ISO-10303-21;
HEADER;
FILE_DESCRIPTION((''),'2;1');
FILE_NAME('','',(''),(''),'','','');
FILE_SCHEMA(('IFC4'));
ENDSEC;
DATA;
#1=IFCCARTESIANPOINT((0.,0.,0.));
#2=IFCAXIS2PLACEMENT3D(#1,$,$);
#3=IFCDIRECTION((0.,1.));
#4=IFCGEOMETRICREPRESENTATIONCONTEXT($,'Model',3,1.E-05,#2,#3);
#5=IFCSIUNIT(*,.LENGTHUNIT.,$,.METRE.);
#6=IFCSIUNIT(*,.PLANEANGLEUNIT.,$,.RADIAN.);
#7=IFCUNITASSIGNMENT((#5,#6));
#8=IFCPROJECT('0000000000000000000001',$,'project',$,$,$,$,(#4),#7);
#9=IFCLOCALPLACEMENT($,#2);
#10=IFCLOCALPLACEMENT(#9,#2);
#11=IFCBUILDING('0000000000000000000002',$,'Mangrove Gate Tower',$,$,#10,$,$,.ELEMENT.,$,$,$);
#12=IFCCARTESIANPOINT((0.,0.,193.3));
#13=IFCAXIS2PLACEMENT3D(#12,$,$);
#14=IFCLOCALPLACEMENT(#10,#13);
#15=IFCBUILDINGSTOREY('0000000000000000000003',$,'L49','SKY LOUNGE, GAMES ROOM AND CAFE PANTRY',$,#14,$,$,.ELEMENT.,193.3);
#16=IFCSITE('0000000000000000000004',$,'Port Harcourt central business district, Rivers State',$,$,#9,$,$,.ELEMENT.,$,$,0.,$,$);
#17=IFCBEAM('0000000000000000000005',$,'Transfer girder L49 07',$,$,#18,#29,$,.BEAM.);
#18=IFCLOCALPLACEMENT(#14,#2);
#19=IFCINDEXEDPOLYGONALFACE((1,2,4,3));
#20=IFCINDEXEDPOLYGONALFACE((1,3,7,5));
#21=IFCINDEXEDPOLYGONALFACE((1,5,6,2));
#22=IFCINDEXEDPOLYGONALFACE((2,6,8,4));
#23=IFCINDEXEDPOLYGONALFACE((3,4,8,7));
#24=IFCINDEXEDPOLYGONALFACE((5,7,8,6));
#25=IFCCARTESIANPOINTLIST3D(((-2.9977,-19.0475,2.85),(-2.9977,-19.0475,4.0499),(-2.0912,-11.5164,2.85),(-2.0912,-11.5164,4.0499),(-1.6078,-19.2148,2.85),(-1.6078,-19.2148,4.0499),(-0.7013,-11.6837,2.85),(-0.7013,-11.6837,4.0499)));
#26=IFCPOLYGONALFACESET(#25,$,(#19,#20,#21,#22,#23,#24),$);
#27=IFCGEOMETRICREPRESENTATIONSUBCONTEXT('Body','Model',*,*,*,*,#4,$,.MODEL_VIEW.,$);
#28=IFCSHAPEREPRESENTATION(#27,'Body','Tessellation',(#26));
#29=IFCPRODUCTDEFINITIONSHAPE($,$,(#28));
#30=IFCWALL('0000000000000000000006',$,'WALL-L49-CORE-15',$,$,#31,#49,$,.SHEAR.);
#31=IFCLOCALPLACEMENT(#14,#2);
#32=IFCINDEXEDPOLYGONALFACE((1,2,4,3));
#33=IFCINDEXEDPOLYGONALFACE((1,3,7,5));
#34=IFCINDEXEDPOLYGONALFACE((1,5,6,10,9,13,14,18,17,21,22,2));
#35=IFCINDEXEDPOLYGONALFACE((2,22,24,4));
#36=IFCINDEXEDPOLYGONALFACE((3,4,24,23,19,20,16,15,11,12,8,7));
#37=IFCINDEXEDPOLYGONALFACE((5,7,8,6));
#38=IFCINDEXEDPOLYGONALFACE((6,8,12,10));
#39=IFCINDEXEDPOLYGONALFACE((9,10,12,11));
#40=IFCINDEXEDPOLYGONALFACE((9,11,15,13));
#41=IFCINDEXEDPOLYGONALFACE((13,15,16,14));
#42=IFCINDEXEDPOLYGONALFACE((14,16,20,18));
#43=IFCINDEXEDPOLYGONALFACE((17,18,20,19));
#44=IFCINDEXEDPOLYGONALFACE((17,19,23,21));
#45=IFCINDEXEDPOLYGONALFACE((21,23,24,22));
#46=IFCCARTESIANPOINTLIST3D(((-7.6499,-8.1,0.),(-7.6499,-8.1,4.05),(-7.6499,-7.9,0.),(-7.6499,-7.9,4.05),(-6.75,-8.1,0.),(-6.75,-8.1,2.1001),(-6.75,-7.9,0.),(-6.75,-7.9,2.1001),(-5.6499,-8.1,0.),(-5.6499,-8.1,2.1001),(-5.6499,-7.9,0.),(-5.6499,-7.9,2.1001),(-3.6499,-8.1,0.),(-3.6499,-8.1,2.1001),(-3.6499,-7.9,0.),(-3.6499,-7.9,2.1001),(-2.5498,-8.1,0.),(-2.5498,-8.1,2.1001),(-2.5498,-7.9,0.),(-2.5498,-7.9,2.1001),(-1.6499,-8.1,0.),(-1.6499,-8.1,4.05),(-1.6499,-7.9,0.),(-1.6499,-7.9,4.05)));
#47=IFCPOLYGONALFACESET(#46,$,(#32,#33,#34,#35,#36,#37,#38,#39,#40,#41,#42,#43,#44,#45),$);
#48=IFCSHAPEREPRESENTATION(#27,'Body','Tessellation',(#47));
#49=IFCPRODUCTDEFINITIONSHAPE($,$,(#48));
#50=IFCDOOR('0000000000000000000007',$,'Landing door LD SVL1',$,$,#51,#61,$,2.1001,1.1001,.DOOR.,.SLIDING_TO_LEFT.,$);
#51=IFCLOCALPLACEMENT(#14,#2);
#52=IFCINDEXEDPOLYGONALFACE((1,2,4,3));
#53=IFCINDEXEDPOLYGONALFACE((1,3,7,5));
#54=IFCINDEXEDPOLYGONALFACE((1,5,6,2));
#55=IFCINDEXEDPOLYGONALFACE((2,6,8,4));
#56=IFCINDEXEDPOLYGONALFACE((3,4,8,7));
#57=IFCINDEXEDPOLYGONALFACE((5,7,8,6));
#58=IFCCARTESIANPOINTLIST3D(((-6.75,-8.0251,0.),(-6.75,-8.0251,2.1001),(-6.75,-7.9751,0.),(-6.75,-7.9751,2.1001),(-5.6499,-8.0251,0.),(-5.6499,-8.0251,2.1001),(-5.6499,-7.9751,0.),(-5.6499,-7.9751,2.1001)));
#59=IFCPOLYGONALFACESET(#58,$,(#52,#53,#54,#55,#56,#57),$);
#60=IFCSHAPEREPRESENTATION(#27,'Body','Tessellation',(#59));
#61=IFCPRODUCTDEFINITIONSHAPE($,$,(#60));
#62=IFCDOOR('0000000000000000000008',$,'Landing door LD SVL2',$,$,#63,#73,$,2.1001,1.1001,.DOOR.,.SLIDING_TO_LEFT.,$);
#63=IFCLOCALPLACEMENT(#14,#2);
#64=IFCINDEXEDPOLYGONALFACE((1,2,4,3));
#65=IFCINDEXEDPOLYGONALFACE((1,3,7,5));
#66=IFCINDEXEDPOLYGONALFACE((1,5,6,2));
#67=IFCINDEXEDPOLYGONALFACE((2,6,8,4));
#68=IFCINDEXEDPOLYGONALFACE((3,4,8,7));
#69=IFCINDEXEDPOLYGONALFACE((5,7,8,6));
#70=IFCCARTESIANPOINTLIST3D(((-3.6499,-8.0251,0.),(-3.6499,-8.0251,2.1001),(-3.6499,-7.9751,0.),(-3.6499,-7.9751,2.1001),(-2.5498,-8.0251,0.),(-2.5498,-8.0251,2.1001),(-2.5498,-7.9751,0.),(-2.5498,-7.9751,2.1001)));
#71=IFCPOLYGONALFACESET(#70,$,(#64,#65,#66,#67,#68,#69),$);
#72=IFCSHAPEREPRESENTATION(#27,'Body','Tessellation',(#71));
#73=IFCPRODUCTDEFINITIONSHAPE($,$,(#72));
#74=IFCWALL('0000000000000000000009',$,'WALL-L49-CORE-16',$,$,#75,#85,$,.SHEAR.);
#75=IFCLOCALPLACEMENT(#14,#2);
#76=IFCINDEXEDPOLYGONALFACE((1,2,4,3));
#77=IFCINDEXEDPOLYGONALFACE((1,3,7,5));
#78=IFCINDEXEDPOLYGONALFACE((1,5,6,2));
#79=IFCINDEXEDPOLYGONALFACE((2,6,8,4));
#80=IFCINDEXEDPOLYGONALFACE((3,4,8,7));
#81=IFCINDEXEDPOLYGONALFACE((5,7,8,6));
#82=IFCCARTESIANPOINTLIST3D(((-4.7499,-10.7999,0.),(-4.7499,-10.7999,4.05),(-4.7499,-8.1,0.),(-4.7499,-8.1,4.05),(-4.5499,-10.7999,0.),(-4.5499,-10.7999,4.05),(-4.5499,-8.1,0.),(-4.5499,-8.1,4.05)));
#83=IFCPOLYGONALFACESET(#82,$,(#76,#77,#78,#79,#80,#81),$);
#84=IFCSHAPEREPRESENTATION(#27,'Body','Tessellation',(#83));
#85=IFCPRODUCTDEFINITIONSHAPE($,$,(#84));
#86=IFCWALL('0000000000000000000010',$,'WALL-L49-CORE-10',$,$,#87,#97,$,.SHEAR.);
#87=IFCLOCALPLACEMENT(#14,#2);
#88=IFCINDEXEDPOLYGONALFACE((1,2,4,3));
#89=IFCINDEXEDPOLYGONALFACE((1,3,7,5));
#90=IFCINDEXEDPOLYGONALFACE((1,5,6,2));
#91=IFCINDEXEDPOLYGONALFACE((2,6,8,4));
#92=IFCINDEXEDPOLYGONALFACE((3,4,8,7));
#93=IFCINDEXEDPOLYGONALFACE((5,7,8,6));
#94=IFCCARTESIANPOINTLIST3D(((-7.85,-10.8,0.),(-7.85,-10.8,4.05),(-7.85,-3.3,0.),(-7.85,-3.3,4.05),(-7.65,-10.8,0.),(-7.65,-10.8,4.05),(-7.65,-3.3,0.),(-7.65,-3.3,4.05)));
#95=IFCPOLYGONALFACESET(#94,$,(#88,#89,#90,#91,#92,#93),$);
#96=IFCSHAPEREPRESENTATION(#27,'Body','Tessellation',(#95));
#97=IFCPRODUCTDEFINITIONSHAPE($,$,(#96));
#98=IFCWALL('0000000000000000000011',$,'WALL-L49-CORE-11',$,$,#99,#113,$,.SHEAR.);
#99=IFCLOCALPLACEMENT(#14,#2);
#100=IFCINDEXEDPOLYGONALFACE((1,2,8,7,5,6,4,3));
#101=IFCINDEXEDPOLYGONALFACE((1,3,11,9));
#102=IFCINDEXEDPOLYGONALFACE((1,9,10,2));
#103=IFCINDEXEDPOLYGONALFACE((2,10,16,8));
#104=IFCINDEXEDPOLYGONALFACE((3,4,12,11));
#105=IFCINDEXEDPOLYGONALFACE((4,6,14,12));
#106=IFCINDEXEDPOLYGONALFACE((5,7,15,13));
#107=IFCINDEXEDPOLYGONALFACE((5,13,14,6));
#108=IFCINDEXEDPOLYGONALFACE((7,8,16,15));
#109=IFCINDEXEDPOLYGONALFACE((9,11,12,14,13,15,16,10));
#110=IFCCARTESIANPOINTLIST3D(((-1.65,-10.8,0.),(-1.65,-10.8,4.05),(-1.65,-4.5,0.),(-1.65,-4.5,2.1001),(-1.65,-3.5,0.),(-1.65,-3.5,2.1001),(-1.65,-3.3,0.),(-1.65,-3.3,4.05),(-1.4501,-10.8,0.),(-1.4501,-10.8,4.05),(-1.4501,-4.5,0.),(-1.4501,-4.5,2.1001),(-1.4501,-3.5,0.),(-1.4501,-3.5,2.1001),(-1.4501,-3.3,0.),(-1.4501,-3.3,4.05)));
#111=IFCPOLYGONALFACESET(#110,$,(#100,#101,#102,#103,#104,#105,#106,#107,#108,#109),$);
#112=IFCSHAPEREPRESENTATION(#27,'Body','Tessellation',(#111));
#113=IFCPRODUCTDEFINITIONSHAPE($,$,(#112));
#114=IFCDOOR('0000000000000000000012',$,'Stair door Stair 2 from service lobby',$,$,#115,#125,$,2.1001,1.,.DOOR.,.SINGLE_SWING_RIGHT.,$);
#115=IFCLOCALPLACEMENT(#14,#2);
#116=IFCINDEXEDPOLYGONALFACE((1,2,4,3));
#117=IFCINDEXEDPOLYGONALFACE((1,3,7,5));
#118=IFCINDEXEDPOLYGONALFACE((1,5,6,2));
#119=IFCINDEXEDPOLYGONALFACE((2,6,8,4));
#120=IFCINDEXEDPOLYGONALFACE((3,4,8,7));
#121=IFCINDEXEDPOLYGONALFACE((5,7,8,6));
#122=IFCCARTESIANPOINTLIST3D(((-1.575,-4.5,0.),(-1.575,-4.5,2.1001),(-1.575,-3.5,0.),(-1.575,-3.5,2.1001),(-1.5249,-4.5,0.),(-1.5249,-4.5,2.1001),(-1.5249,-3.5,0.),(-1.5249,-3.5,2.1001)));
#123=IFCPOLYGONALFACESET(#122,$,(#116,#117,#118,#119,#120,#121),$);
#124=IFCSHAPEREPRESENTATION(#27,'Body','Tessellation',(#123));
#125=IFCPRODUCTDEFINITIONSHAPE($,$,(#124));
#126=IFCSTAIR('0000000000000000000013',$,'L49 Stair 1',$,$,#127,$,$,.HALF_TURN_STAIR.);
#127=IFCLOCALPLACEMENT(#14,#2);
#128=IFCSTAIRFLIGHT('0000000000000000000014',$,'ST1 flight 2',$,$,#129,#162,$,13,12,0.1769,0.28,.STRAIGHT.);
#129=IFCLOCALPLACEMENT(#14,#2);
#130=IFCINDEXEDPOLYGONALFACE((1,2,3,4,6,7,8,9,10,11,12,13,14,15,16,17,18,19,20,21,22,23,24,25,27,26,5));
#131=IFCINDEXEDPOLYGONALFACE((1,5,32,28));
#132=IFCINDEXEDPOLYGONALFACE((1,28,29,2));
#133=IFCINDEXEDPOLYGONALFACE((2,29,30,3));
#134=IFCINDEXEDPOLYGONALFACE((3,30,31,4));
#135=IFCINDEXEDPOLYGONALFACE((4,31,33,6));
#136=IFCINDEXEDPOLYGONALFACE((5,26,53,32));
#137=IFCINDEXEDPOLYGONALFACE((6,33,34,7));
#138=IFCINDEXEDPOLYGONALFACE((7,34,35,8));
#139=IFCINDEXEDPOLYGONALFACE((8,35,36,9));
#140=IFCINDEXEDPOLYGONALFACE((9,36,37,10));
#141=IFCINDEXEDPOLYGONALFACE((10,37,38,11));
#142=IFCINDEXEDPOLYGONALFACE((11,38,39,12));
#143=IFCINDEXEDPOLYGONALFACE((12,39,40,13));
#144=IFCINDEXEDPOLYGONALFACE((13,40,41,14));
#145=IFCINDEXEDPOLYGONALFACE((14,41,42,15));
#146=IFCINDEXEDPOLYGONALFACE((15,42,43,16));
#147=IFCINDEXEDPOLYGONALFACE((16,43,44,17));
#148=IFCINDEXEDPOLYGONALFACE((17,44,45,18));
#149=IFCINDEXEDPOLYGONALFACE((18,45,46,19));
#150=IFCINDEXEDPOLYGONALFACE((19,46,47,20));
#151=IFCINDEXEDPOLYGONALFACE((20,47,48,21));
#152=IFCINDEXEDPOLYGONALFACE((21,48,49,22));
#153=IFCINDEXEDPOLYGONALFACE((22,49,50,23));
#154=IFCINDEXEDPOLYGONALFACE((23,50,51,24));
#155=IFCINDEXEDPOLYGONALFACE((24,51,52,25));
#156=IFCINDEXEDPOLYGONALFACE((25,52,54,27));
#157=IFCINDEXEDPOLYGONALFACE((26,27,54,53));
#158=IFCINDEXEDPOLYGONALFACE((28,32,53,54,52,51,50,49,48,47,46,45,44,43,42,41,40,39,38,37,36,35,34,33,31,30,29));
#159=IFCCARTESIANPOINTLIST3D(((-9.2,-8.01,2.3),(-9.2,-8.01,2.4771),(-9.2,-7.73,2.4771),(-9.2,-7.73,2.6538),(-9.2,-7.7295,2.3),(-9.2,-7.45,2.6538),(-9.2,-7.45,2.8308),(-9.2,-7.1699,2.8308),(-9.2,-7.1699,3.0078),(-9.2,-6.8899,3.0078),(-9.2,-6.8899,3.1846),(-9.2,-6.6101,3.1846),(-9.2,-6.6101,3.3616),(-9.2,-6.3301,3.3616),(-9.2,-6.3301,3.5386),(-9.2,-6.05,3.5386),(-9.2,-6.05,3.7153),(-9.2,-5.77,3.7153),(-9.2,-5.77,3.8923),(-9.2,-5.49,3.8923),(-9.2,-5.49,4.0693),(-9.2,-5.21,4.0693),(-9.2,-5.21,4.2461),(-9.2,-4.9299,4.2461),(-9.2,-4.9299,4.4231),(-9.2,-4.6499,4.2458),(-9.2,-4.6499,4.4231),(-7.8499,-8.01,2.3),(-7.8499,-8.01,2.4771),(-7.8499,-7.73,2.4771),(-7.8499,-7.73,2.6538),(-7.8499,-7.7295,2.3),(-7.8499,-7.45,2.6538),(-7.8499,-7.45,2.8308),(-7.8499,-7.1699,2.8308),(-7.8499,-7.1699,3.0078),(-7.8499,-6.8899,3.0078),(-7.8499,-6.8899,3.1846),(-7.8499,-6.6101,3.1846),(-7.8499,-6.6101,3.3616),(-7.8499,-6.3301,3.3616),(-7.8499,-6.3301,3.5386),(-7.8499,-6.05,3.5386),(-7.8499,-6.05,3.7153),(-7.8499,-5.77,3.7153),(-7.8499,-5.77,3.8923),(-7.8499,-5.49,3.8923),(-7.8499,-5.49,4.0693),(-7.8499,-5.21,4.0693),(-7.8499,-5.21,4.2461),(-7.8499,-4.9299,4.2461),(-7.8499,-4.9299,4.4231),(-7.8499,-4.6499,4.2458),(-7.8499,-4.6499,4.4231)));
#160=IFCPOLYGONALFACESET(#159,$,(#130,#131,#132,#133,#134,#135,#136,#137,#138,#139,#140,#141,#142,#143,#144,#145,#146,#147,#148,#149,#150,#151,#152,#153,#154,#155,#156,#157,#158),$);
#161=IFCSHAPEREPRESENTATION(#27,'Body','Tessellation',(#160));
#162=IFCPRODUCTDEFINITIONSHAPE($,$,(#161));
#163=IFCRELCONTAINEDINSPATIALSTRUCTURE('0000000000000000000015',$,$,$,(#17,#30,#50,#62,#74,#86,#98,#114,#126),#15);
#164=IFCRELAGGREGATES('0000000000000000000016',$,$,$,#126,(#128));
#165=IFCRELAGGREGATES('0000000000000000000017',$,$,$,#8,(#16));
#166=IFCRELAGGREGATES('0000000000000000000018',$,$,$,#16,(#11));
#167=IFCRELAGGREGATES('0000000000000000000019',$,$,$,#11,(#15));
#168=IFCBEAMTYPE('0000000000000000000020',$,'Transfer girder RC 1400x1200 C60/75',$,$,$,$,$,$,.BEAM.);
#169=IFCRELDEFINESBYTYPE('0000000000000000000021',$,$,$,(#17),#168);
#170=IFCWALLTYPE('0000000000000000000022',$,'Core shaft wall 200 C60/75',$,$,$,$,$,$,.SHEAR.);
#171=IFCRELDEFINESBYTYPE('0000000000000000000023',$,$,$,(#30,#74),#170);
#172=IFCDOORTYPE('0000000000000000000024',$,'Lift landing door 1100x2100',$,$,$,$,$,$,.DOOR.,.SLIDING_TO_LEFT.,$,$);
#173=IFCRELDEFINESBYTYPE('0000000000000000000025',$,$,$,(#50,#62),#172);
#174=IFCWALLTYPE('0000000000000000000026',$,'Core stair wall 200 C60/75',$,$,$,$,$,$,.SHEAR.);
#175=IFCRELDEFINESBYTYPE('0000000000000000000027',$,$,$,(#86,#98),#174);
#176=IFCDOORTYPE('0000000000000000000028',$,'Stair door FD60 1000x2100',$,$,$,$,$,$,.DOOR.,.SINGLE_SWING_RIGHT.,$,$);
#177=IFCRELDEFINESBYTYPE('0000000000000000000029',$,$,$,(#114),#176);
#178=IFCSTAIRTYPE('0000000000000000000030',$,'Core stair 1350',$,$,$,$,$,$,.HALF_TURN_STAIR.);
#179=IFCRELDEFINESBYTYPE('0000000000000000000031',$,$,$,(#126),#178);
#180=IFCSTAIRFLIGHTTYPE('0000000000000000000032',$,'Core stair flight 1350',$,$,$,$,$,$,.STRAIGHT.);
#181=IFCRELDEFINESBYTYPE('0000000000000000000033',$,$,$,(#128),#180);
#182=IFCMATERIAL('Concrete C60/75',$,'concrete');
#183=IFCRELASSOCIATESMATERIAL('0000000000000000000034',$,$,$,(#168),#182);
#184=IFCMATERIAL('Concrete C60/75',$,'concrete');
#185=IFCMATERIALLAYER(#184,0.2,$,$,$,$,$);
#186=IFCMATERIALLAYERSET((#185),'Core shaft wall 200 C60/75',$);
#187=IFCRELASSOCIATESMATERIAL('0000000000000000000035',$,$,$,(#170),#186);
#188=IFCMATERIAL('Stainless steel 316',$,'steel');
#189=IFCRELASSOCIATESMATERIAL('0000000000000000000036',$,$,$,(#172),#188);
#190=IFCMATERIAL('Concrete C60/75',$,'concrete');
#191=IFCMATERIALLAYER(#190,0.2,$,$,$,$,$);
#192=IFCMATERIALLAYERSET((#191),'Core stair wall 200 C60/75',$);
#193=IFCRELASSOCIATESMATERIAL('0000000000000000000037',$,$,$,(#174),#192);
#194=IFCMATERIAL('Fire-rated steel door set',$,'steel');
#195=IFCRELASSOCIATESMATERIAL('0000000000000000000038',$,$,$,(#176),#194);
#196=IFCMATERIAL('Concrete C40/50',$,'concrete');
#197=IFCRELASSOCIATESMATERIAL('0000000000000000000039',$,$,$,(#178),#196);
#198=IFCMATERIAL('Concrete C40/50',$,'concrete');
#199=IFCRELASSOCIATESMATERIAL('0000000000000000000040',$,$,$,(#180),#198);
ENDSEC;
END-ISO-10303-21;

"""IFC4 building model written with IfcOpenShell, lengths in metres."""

from ifc_helpers import new_model, si_unit, direction, frame, frame_2d, origin, origin_2d, place, context, subcontext, project, spatial, polyline, rectangle, outline, extrude, material, layer, layer_set, material_profile, profile_set, type_object, element, fill, aggregate, save


model = new_model("IFC4")

# Units and contexts
model_context = context("Model", 3, precision=1e-05, world=origin(), true_north=direction((0.0, 1.0)))
body_context = subcontext(model_context, "Body", "Model", "MODEL_VIEW")
ifc_project = project(units=[si_unit("LENGTHUNIT", "METRE"), si_unit("PLANEANGLEUNIT", "RADIAN")], contexts=[model_context])

# Site, building, storey
site_placement = place(None, origin())
site = spatial("IfcSite", under=ifc_project, at=site_placement, Name="Port Harcourt central business district, Rivers State", CompositionType="ELEMENT", RefElevation=0.0)
building_placement = place(site_placement, origin())
building = spatial("IfcBuilding", under=site, at=building_placement, Name="Mangrove Gate Tower", CompositionType="ELEMENT")
storey_placement = place(building_placement, frame((0.0, 0.0, 193.3)))
storey = spatial("IfcBuildingStorey", under=building, at=storey_placement, Name="L49", Description="SKY LOUNGE, GAMES ROOM AND CAFE PANTRY", CompositionType="ELEMENT", Elevation=193.3)

# Beam
ifc_material_1 = material(Name="Concrete C60/75", Category="concrete")
ifc_material_profile = material_profile(ifc_material_1, rectangle(XDim=1.3999, YDim=1.2, at=origin_2d()))
ifc_profile_set = profile_set([ifc_material_profile], Name="Concrete C60/75")
beam_type = type_object("IfcBeamType", Name="Transfer girder RC 1400x1200 C60/75", PredefinedType="BEAM", material=ifc_profile_set)
beam_placement = place(storey_placement, frame((-1.3962, -11.6001, 3.45), z_axis=(-0.119506, -0.992834, 0.0), x_axis=(0.992834, -0.119506, 0.0)))
element("IfcBeam", 1, at=beam_placement, inside=storey, type_object=beam_type, Name="Transfer girder L49 07", PredefinedType="BEAM", context=body_context, shape_type="SweptSolid", body=[
    extrude(rectangle(XDim=1.3999, YDim=1.2, at=origin_2d()), origin(), (0.0, 0.0, 1.0), 7.5854),
])

# Wall, openings, doors
ifc_material_2 = material(Name="Concrete C60/75", Category="concrete")
ifc_layer_1 = layer(ifc_material_2, 0.2)
ifc_layer_set_1 = layer_set([ifc_layer_1], Name="Core shaft wall 200 C60/75")
wall_type_1 = type_object("IfcWallType", Name="Core shaft wall 200 C60/75", PredefinedType="SHEAR", material=ifc_layer_set_1)
wall_1_placement = place(storey_placement, frame((-7.6499, -8.0, 0.0), z_axis=(0.0, 0.0, 1.0), x_axis=(1.0, 0.0, 0.0)))
wall_1 = element("IfcWall", 2, at=wall_1_placement, inside=storey, type_object=wall_type_1, Name="WALL-L49-CORE-15", PredefinedType="SHEAR", context=body_context, shape_type="SweptSolid", body=[
    extrude(rectangle(XDim=6.0, YDim=0.2, at=frame_2d((3.0, 0.0))), origin(), (0.0, 0.0, 1.0), 4.05),
])
opening_1_placement = place(wall_1_placement, frame((0.8999, 0.0, 0.0)))
opening_1 = element("IfcOpeningElement", 3, at=opening_1_placement, cuts=wall_1, PredefinedType="OPENING", context=body_context, shape_type="SweptSolid", body=[
    extrude(rectangle(XDim=1.1001, YDim=2.1001, at=frame_2d((0.55, 1.05))), frame((0.0, 0.1099, 0.0), z_axis=(0.0, -1.0, 0.0), x_axis=(1.0, 0.0, 0.0)), (0.0, 0.0, 1.0), 0.22),
])
opening_2_placement = place(wall_1_placement, frame((4.0, 0.0, 0.0)))
opening_2 = element("IfcOpeningElement", 4, at=opening_2_placement, cuts=wall_1, PredefinedType="OPENING", context=body_context, shape_type="SweptSolid", body=[
    extrude(rectangle(XDim=1.1001, YDim=2.1001, at=frame_2d((0.55, 1.05))), frame((0.0, 0.1099, 0.0), z_axis=(0.0, -1.0, 0.0), x_axis=(1.0, 0.0, 0.0)), (0.0, 0.0, 1.0), 0.22),
])
ifc_material_3 = material(Name="Stainless steel 316", Category="steel")
door_type_1 = type_object("IfcDoorType", Name="Lift landing door 1100x2100", OperationType="SLIDING_TO_LEFT", PredefinedType="DOOR", material=ifc_material_3)
door_1_placement = place(opening_1_placement, origin())
door_1 = element("IfcDoor", 5, at=door_1_placement, inside=storey, type_object=door_type_1, Name="Landing door LD SVL1", OperationType="SLIDING_TO_LEFT", OverallHeight=2.1001, OverallWidth=1.1001, PredefinedType="DOOR", context=body_context, shape_type="SweptSolid", body=[
    extrude(rectangle(XDim=1.1001, YDim=2.1001, at=frame_2d((0.55, 1.05))), frame((0.0, 0.0249, 0.0), z_axis=(0.0, -1.0, 0.0), x_axis=(1.0, 0.0, 0.0)), (0.0, 0.0, 1.0), 0.05),
])
fill(opening_1, door_1)
door_2_placement = place(opening_2_placement, origin())
door_2 = element("IfcDoor", 6, at=door_2_placement, inside=storey, type_object=door_type_1, Name="Landing door LD SVL2", OperationType="SLIDING_TO_LEFT", OverallHeight=2.1001, OverallWidth=1.1001, PredefinedType="DOOR", context=body_context, shape_type="SweptSolid", body=[
    extrude(rectangle(XDim=1.1001, YDim=2.1001, at=frame_2d((0.55, 1.05))), frame((0.0, 0.0249, 0.0), z_axis=(0.0, -1.0, 0.0), x_axis=(1.0, 0.0, 0.0)), (0.0, 0.0, 1.0), 0.05),
])
fill(opening_2, door_2)

# Walls
wall_2_placement = place(storey_placement, frame((-4.6499, -10.8, 0.0), z_axis=(0.0, 0.0, 1.0), x_axis=(0.0, 1.0, 0.0)))
element("IfcWall", 7, at=wall_2_placement, inside=storey, type_object=wall_type_1, Name="WALL-L49-CORE-16", PredefinedType="SHEAR", context=body_context, shape_type="SweptSolid", body=[
    extrude(rectangle(XDim=2.7, YDim=0.2, at=frame_2d((1.3501, 0.0))), origin(), (0.0, 0.0, 1.0), 4.05),
])
ifc_material_4 = material(Name="Concrete C60/75", Category="concrete")
ifc_layer_2 = layer(ifc_material_4, 0.2)
ifc_layer_set_2 = layer_set([ifc_layer_2], Name="Core stair wall 200 C60/75")
wall_type_2 = type_object("IfcWallType", Name="Core stair wall 200 C60/75", PredefinedType="SHEAR", material=ifc_layer_set_2)
wall_3_placement = place(storey_placement, frame((-7.75, -10.8, 0.0), z_axis=(0.0, 0.0, 1.0), x_axis=(0.0, 1.0, 0.0)))
element("IfcWall", 8, at=wall_3_placement, inside=storey, type_object=wall_type_2, Name="WALL-L49-CORE-10", PredefinedType="SHEAR", context=body_context, shape_type="SweptSolid", body=[
    extrude(rectangle(XDim=7.5, YDim=0.2, at=frame_2d((3.75, 0.0))), origin(), (0.0, 0.0, 1.0), 4.05),
])

# Wall, opening, door
wall_4_placement = place(storey_placement, frame((-1.55, -10.8, 0.0), z_axis=(0.0, 0.0, 1.0), x_axis=(0.0, 1.0, 0.0)))
wall_4 = element("IfcWall", 9, at=wall_4_placement, inside=storey, type_object=wall_type_2, Name="WALL-L49-CORE-11", PredefinedType="SHEAR", context=body_context, shape_type="SweptSolid", body=[
    extrude(rectangle(XDim=7.5, YDim=0.2, at=frame_2d((3.75, 0.0))), origin(), (0.0, 0.0, 1.0), 4.05),
])
opening_3_placement = place(wall_4_placement, frame((6.3, 0.0, 0.0)))
opening_3 = element("IfcOpeningElement", 10, at=opening_3_placement, cuts=wall_4, PredefinedType="OPENING", context=body_context, shape_type="SweptSolid", body=[
    extrude(rectangle(XDim=1.0, YDim=2.1001, at=frame_2d((0.5, 1.05))), frame((0.0, 0.1099, 0.0), z_axis=(0.0, -1.0, 0.0), x_axis=(1.0, 0.0, 0.0)), (0.0, 0.0, 1.0), 0.22),
])
ifc_material_5 = material(Name="Fire-rated steel door set", Category="steel")
door_type_2 = type_object("IfcDoorType", Name="Stair door FD60 1000x2100", OperationType="SINGLE_SWING_RIGHT", PredefinedType="DOOR", material=ifc_material_5)
door_3_placement = place(opening_3_placement, origin())
door_3 = element("IfcDoor", 11, at=door_3_placement, inside=storey, type_object=door_type_2, Name="Stair door Stair 2 from service lobby", OperationType="SINGLE_SWING_RIGHT", OverallHeight=2.1001, OverallWidth=1.0, PredefinedType="DOOR", context=body_context, shape_type="SweptSolid", body=[
    extrude(rectangle(XDim=1.0, YDim=2.1001, at=frame_2d((0.5, 1.05))), frame((0.0, 0.0249, 0.0), z_axis=(0.0, -1.0, 0.0), x_axis=(1.0, 0.0, 0.0)), (0.0, 0.0, 1.0), 0.05),
])
fill(opening_3, door_3)

# Stair, stair flight
ifc_material_6 = material(Name="Concrete C40/50", Category="concrete")
stair_type = type_object("IfcStairType", Name="Core stair 1350", PredefinedType="HALF_TURN_STAIR", material=ifc_material_6)
stair_1_placement = place(storey_placement, origin())
stair_1 = element("IfcStair", 12, at=stair_1_placement, inside=storey, type_object=stair_type, Name="L49 Stair 1", PredefinedType="HALF_TURN_STAIR")
ifc_material_7 = material(Name="Concrete C40/50", Category="concrete")
stair_flight_type = type_object("IfcStairFlightType", Name="Core stair flight 1350", PredefinedType="STRAIGHT", material=ifc_material_7)
stair_flight_1_placement = place(storey_placement, frame((-8.5249, -8.01, 2.3), z_axis=(0.0, 0.0, 1.0), x_axis=(0.0, 1.0, 0.0)))
stair_flight_1 = element("IfcStairFlight", 13, at=stair_flight_1_placement, type_object=stair_flight_type, Name="ST1 flight 2", NumberOfRisers=13, NumberOfTreads=12, PredefinedType="STRAIGHT", RiserHeight=0.1769, TreadLength=0.28, context=body_context, shape_type="SweptSolid", body=[
    extrude(outline(polyline([(0.0, 0.0), (0.0, 0.177), (0.28, 0.177), (0.28, 0.3538), (0.5601, 0.3538), (0.5601, 0.5308), (0.8401, 0.5308), (0.8401, 0.7078), (1.1201, 0.7078), (1.1201, 0.8845), (1.3999, 0.8845), (1.3999, 1.0615), (1.6799, 1.0615), (1.6799, 1.2385), (1.96, 1.2385), (1.96, 1.4153), (2.24, 1.4153), (2.24, 1.5923), (2.52, 1.5923), (2.52, 1.7693), (2.8, 1.7693), (2.8, 1.946), (3.0801, 1.946), (3.0801, 2.123), (3.3601, 2.123), (3.3601, 2.3), (3.3601, 1.9458), (0.2805, 0.0), (0.0, 0.0)])), frame((0.0, 0.675, 0.0), z_axis=(0.0, -1.0, 0.0), x_axis=(1.0, 0.0, 0.0)), (0.0, 0.0, 1.0), 1.3501),
])
aggregate(stair_1, [stair_flight_1])

save(model, "model.ifc")
